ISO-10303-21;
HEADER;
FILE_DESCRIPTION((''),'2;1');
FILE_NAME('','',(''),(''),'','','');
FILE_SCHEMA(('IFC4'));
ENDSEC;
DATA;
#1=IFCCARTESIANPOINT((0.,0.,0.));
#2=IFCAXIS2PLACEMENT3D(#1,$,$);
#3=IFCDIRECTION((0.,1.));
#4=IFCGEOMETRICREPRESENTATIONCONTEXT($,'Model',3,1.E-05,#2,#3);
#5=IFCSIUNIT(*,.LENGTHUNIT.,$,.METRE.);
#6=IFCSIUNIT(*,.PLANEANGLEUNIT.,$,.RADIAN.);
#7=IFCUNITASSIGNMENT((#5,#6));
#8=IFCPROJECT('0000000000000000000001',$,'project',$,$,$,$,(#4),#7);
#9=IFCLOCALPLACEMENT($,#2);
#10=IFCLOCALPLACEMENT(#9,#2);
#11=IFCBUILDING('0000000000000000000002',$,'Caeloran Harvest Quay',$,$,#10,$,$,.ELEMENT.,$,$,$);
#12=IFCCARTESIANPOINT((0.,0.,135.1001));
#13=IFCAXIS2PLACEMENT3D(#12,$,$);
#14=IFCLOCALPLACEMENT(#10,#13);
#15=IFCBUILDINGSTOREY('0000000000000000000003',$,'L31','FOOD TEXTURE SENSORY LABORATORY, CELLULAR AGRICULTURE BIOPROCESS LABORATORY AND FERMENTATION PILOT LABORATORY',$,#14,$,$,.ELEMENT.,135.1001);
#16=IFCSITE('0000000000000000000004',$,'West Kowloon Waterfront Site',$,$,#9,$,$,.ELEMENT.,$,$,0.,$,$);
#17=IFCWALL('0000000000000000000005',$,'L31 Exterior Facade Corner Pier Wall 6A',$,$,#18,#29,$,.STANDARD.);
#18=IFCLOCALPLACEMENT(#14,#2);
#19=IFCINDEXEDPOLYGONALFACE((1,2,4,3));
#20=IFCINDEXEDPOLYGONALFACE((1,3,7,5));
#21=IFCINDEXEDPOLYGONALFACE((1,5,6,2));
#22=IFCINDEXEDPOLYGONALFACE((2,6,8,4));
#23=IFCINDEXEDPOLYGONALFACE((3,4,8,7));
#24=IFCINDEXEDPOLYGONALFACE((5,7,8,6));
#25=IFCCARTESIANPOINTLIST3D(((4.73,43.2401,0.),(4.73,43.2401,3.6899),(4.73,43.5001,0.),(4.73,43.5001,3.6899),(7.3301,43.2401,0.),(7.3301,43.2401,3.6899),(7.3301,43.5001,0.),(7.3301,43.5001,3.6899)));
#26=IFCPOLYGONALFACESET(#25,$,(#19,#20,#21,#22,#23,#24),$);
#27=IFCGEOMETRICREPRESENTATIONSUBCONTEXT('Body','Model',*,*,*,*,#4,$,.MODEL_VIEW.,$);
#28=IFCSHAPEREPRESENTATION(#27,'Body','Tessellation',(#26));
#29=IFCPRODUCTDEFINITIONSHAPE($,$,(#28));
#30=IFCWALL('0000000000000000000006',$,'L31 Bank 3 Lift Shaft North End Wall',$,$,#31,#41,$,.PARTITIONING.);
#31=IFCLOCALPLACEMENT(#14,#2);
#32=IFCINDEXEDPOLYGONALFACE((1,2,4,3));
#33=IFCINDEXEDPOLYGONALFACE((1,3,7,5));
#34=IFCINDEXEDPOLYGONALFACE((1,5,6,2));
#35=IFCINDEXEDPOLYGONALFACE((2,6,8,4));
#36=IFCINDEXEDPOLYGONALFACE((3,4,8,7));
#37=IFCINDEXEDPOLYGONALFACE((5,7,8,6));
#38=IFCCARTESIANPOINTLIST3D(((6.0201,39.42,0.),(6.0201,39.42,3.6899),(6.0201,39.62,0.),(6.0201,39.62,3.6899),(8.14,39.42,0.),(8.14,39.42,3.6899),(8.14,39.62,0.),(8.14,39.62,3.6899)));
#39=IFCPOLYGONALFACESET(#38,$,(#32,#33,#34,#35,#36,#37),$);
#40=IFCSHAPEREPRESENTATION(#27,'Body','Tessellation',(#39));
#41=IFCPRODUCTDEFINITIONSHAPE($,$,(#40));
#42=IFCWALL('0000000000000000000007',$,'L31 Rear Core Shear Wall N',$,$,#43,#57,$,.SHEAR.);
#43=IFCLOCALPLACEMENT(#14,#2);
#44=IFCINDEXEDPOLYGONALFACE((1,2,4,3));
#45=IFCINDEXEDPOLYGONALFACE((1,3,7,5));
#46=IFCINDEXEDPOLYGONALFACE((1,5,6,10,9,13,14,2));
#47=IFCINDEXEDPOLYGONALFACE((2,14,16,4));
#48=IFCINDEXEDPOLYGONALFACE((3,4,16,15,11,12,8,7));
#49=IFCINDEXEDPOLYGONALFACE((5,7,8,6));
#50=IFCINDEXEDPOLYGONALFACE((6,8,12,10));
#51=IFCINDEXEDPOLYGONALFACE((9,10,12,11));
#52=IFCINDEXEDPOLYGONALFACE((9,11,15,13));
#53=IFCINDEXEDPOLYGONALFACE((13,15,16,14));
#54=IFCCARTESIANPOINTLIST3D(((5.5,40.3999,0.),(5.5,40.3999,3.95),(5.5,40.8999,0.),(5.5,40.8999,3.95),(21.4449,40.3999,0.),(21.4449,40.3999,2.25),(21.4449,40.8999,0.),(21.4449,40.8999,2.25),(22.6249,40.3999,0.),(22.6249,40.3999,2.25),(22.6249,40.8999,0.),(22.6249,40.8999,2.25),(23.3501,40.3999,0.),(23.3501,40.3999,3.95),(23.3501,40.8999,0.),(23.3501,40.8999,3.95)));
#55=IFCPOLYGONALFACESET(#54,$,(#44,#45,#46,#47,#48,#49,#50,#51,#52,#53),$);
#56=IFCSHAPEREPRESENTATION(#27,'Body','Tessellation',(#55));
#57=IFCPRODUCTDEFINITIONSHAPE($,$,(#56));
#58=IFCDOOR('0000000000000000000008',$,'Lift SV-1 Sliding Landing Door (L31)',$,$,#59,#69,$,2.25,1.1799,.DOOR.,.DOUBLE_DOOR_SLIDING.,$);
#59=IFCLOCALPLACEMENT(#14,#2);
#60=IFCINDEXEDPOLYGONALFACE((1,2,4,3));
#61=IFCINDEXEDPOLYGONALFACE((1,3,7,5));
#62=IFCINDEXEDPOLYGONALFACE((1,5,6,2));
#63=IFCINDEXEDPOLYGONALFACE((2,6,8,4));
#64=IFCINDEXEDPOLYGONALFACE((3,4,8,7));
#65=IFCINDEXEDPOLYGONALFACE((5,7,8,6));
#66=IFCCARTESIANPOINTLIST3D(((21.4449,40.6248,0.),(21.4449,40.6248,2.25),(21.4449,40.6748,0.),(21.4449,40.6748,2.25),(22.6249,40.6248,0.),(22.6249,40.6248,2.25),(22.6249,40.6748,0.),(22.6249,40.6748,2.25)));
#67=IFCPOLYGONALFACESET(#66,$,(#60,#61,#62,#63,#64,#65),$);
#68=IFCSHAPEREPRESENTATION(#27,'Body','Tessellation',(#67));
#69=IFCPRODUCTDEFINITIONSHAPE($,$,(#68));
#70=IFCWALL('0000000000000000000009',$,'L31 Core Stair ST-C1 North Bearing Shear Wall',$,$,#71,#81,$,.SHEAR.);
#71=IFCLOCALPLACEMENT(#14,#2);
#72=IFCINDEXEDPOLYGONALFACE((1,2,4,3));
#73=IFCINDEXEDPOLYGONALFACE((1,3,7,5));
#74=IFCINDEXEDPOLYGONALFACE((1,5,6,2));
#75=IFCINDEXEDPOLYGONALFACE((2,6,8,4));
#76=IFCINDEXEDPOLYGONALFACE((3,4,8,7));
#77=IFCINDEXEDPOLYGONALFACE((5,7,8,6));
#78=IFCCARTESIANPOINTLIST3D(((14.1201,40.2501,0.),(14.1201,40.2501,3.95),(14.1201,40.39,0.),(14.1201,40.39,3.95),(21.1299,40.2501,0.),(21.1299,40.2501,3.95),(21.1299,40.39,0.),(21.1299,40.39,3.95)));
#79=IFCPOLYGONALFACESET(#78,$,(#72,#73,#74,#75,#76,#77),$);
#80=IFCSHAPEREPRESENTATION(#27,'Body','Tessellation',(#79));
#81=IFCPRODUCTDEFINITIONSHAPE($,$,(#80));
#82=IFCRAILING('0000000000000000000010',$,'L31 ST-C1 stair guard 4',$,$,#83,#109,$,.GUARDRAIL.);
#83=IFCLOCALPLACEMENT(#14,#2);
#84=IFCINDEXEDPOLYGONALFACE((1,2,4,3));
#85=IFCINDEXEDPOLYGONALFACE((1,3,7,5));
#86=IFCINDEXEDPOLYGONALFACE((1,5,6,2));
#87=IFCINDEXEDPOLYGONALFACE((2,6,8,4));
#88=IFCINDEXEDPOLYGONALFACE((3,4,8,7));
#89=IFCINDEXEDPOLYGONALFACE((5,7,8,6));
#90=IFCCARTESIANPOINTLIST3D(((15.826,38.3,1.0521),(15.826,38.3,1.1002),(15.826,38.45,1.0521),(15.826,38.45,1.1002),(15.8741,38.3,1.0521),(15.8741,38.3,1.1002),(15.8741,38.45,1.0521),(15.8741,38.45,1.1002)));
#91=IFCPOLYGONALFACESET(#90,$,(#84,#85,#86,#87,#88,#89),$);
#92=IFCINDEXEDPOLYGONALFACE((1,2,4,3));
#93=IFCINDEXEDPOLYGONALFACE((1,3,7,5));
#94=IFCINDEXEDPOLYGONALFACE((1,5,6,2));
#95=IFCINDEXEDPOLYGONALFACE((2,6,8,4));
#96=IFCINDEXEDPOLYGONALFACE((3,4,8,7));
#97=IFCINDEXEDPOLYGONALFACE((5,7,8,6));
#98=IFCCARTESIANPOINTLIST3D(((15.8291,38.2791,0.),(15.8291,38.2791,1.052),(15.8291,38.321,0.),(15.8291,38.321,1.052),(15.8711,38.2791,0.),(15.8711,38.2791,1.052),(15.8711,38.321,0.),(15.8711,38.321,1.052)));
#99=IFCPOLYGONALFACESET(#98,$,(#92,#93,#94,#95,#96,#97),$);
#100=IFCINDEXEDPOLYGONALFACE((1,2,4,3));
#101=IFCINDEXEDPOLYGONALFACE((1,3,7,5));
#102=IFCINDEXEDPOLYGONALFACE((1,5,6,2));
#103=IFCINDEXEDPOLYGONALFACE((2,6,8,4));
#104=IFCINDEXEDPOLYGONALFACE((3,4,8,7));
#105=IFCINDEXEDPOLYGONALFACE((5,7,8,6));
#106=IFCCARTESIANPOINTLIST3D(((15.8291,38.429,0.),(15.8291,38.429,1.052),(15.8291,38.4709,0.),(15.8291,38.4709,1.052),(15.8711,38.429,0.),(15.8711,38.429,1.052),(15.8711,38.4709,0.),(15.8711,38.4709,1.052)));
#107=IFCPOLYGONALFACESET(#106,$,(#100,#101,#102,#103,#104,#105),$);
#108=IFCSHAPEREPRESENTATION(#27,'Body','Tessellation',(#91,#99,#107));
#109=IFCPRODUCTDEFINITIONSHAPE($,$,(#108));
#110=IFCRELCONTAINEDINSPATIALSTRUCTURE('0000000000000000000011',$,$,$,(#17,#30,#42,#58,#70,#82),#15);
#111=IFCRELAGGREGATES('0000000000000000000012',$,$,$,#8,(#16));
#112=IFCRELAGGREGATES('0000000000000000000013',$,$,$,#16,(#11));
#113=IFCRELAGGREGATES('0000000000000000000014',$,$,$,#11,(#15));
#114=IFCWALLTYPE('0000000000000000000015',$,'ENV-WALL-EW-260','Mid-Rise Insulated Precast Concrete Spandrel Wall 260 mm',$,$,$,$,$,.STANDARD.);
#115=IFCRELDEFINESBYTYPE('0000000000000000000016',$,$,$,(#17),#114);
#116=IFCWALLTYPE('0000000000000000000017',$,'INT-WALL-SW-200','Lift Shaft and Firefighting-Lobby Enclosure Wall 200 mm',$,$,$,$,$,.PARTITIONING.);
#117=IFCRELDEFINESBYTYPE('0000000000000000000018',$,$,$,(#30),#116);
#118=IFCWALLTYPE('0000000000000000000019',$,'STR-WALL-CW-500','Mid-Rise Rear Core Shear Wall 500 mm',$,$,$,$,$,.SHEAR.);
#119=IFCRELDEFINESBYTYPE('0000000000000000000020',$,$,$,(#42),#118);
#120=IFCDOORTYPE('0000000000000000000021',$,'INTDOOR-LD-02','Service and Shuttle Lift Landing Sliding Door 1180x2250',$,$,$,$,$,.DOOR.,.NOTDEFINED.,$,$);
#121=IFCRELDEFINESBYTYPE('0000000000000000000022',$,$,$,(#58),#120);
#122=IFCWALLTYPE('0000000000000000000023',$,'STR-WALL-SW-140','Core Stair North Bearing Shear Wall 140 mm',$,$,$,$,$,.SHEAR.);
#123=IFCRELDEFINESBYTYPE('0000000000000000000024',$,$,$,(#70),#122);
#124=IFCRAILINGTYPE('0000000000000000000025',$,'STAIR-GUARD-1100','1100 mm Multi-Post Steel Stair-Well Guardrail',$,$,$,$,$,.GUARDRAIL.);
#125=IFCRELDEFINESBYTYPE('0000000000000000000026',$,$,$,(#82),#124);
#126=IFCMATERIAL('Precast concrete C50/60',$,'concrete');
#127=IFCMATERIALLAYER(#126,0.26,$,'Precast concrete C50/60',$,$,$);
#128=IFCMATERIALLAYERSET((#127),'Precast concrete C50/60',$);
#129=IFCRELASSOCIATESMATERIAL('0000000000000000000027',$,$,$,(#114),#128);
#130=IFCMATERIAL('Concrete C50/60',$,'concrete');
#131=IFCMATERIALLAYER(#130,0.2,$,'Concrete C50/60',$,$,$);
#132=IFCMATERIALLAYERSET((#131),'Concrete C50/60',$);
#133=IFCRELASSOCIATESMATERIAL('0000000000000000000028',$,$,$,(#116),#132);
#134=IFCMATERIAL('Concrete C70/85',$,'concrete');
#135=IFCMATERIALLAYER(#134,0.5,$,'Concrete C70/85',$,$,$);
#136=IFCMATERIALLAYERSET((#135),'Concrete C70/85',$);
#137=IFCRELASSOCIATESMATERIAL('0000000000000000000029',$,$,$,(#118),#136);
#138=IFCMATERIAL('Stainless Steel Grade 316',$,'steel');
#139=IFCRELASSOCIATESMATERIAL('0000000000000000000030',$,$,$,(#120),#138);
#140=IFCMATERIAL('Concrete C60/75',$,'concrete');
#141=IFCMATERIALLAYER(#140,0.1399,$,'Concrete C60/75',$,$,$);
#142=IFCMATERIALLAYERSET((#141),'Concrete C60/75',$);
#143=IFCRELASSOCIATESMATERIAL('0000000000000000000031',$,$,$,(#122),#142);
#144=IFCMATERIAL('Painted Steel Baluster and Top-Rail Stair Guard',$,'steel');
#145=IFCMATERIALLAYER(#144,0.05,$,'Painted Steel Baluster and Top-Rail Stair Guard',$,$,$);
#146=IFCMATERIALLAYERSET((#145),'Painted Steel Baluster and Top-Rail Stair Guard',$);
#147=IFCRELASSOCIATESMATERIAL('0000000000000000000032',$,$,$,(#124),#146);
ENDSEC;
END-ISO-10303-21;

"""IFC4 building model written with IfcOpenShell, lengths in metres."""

from ifc_helpers import new_model, si_unit, direction, frame, frame_2d, origin, origin_2d, place, context, subcontext, project, spatial, rectangle, extrude, material, layer, layer_set, type_object, element, fill, save


model = new_model("IFC4")

# Units and contexts
model_context = context("Model", 3, precision=1e-05, world=origin(), true_north=direction((0.0, 1.0)))
body_context = subcontext(model_context, "Body", "Model", "MODEL_VIEW")
ifc_project = project(units=[si_unit("LENGTHUNIT", "METRE"), si_unit("PLANEANGLEUNIT", "RADIAN")], contexts=[model_context])

# Site, building, storey
site_placement = place(None, origin())
site = spatial("IfcSite", under=ifc_project, at=site_placement, Name="West Kowloon Waterfront Site", CompositionType="ELEMENT", RefElevation=0.0)
building_placement = place(site_placement, origin())
building = spatial("IfcBuilding", under=site, at=building_placement, Name="Caeloran Harvest Quay", CompositionType="ELEMENT")
storey_placement = place(building_placement, frame((0.0, 0.0, 135.1001)))
storey = spatial("IfcBuildingStorey", under=building, at=storey_placement, Name="L31", Description="FOOD TEXTURE SENSORY LABORATORY, CELLULAR AGRICULTURE BIOPROCESS LABORATORY AND FERMENTATION PILOT LABORATORY", CompositionType="ELEMENT", Elevation=135.1001)

# Walls
ifc_material_1 = material(Name="Precast concrete C50/60", Category="concrete")
ifc_layer_1 = layer(ifc_material_1, 0.26, Name="Precast concrete C50/60")
ifc_layer_set_1 = layer_set([ifc_layer_1], Name="Precast concrete C50/60")
wall_type_1 = type_object("IfcWallType", Name="ENV-WALL-EW-260", Description="Mid-Rise Insulated Precast Concrete Spandrel Wall 260 mm", PredefinedType="STANDARD", material=ifc_layer_set_1)
wall_1_placement = place(storey_placement, frame((4.73, 43.3701, 0.0), z_axis=(0.0, 0.0, 1.0), x_axis=(1.0, 0.0, 0.0)))
element("IfcWall", 1, at=wall_1_placement, inside=storey, type_object=wall_type_1, Name="L31 Exterior Facade Corner Pier Wall 6A", PredefinedType="STANDARD", context=body_context, shape_type="SweptSolid", body=[
    extrude(rectangle(XDim=2.6001, YDim=0.26, at=frame_2d((1.3, 0.0))), origin(), (0.0, 0.0, 1.0), 3.6899),
])
ifc_material_2 = material(Name="Concrete C50/60", Category="concrete")
ifc_layer_2 = layer(ifc_material_2, 0.2, Name="Concrete C50/60")
ifc_layer_set_2 = layer_set([ifc_layer_2], Name="Concrete C50/60")
wall_type_2 = type_object("IfcWallType", Name="INT-WALL-SW-200", Description="Lift Shaft and Firefighting-Lobby Enclosure Wall 200 mm", PredefinedType="PARTITIONING", material=ifc_layer_set_2)
wall_2_placement = place(storey_placement, frame((6.02, 39.52, 0.0), z_axis=(0.0, 0.0, 1.0), x_axis=(1.0, 0.0, 0.0)))
element("IfcWall", 2, at=wall_2_placement, inside=storey, type_object=wall_type_2, Name="L31 Bank 3 Lift Shaft North End Wall", PredefinedType="PARTITIONING", context=body_context, shape_type="SweptSolid", body=[
    extrude(rectangle(XDim=2.1199, YDim=0.2, at=frame_2d((1.0601, 0.0))), origin(), (0.0, 0.0, 1.0), 3.6899),
])

# Wall, opening, door
ifc_material_3 = material(Name="Concrete C70/85", Category="concrete")
ifc_layer_3 = layer(ifc_material_3, 0.5, Name="Concrete C70/85")
ifc_layer_set_3 = layer_set([ifc_layer_3], Name="Concrete C70/85")
wall_type_3 = type_object("IfcWallType", Name="STR-WALL-CW-500", Description="Mid-Rise Rear Core Shear Wall 500 mm", PredefinedType="SHEAR", material=ifc_layer_set_3)
wall_3_placement = place(storey_placement, frame((5.5, 40.6499, 0.0), z_axis=(0.0, 0.0, 1.0), x_axis=(1.0, 0.0, 0.0)))
wall_3 = element("IfcWall", 3, at=wall_3_placement, inside=storey, type_object=wall_type_3, Name="L31 Rear Core Shear Wall N", PredefinedType="SHEAR", context=body_context, shape_type="SweptSolid", body=[
    extrude(rectangle(XDim=17.8501, YDim=0.5, at=frame_2d((8.925, 0.0))), origin(), (0.0, 0.0, 1.0), 3.95),
])
opening_placement = place(wall_3_placement, frame((15.9451, 0.0, 0.0)))
opening = element("IfcOpeningElement", 4, at=opening_placement, cuts=wall_3, PredefinedType="OPENING", context=body_context, shape_type="SweptSolid", body=[
    extrude(rectangle(XDim=1.1799, YDim=2.25, at=frame_2d((0.5898, 1.125))), frame((0.0, 0.26, 0.0), z_axis=(0.0, -1.0, 0.0), x_axis=(1.0, 0.0, 0.0)), (0.0, 0.0, 1.0), 0.52),
])
ifc_material_4 = material(Name="Stainless Steel Grade 316", Category="steel")
door_type = type_object("IfcDoorType", Name="INTDOOR-LD-02", Description="Service and Shuttle Lift Landing Sliding Door 1180x2250", OperationType="NOTDEFINED", PredefinedType="DOOR", material=ifc_material_4)
door_placement = place(opening_placement, origin())
door = element("IfcDoor", 5, at=door_placement, inside=storey, type_object=door_type, Name="Lift SV-1 Sliding Landing Door (L31)", OperationType="DOUBLE_DOOR_SLIDING", OverallHeight=2.25, OverallWidth=1.1799, PredefinedType="DOOR", context=body_context, shape_type="SweptSolid", body=[
    extrude(rectangle(XDim=1.1799, YDim=2.25, at=frame_2d((0.5898, 1.125))), frame((0.0, 0.0249, 0.0), z_axis=(0.0, -1.0, 0.0), x_axis=(1.0, 0.0, 0.0)), (0.0, 0.0, 1.0), 0.05),
])
fill(opening, door)

# Wall
ifc_material_5 = material(Name="Concrete C60/75", Category="concrete")
ifc_layer_4 = layer(ifc_material_5, 0.1399, Name="Concrete C60/75")
ifc_layer_set_4 = layer_set([ifc_layer_4], Name="Concrete C60/75")
wall_type_4 = type_object("IfcWallType", Name="STR-WALL-SW-140", Description="Core Stair North Bearing Shear Wall 140 mm", PredefinedType="SHEAR", material=ifc_layer_set_4)
wall_4_placement = place(storey_placement, frame((14.1201, 40.3201, 0.0), z_axis=(0.0, 0.0, 1.0), x_axis=(1.0, 0.0, 0.0)))
element("IfcWall", 6, at=wall_4_placement, inside=storey, type_object=wall_type_4, Name="L31 Core Stair ST-C1 North Bearing Shear Wall", PredefinedType="SHEAR", context=body_context, shape_type="SweptSolid", body=[
    extrude(rectangle(XDim=7.0098, YDim=0.1399, at=frame_2d((3.5049, 0.0))), origin(), (0.0, 0.0, 1.0), 3.95),
])

# Railing
ifc_material_6 = material(Name="Painted Steel Baluster and Top-Rail Stair Guard", Category="steel")
ifc_layer_5 = layer(ifc_material_6, 0.05, Name="Painted Steel Baluster and Top-Rail Stair Guard")
ifc_layer_set_5 = layer_set([ifc_layer_5], Name="Painted Steel Baluster and Top-Rail Stair Guard")
railing_type = type_object("IfcRailingType", Name="STAIR-GUARD-1100", Description="1100 mm Multi-Post Steel Stair-Well Guardrail", PredefinedType="GUARDRAIL", material=ifc_layer_set_5)
railing_placement = place(storey_placement, frame((15.8501, 38.3, 0.0)))
element("IfcRailing", 7, at=railing_placement, inside=storey, type_object=railing_type, Name="L31 ST-C1 stair guard 4", PredefinedType="GUARDRAIL", context=body_context, shape_type="SweptSolid", body=[
    extrude(rectangle(XDim=0.0481, YDim=0.0481, at=origin_2d()), frame((0.0, 0.0, 1.0762), z_axis=(0.0, 1.0, 0.0), x_axis=(-1.0, 0.0, 0.0)), (0.0, 0.0, 1.0), 0.1499),
    extrude(rectangle(XDim=0.042, YDim=0.042, at=origin_2d()), origin(), (0.0, 0.0, 1.0), 1.052),
    extrude(rectangle(XDim=0.042, YDim=0.042, at=origin_2d()), frame((0.0, 0.1499, 0.0)), (0.0, 0.0, 1.0), 1.052),
])

save(model, "model.ifc")
